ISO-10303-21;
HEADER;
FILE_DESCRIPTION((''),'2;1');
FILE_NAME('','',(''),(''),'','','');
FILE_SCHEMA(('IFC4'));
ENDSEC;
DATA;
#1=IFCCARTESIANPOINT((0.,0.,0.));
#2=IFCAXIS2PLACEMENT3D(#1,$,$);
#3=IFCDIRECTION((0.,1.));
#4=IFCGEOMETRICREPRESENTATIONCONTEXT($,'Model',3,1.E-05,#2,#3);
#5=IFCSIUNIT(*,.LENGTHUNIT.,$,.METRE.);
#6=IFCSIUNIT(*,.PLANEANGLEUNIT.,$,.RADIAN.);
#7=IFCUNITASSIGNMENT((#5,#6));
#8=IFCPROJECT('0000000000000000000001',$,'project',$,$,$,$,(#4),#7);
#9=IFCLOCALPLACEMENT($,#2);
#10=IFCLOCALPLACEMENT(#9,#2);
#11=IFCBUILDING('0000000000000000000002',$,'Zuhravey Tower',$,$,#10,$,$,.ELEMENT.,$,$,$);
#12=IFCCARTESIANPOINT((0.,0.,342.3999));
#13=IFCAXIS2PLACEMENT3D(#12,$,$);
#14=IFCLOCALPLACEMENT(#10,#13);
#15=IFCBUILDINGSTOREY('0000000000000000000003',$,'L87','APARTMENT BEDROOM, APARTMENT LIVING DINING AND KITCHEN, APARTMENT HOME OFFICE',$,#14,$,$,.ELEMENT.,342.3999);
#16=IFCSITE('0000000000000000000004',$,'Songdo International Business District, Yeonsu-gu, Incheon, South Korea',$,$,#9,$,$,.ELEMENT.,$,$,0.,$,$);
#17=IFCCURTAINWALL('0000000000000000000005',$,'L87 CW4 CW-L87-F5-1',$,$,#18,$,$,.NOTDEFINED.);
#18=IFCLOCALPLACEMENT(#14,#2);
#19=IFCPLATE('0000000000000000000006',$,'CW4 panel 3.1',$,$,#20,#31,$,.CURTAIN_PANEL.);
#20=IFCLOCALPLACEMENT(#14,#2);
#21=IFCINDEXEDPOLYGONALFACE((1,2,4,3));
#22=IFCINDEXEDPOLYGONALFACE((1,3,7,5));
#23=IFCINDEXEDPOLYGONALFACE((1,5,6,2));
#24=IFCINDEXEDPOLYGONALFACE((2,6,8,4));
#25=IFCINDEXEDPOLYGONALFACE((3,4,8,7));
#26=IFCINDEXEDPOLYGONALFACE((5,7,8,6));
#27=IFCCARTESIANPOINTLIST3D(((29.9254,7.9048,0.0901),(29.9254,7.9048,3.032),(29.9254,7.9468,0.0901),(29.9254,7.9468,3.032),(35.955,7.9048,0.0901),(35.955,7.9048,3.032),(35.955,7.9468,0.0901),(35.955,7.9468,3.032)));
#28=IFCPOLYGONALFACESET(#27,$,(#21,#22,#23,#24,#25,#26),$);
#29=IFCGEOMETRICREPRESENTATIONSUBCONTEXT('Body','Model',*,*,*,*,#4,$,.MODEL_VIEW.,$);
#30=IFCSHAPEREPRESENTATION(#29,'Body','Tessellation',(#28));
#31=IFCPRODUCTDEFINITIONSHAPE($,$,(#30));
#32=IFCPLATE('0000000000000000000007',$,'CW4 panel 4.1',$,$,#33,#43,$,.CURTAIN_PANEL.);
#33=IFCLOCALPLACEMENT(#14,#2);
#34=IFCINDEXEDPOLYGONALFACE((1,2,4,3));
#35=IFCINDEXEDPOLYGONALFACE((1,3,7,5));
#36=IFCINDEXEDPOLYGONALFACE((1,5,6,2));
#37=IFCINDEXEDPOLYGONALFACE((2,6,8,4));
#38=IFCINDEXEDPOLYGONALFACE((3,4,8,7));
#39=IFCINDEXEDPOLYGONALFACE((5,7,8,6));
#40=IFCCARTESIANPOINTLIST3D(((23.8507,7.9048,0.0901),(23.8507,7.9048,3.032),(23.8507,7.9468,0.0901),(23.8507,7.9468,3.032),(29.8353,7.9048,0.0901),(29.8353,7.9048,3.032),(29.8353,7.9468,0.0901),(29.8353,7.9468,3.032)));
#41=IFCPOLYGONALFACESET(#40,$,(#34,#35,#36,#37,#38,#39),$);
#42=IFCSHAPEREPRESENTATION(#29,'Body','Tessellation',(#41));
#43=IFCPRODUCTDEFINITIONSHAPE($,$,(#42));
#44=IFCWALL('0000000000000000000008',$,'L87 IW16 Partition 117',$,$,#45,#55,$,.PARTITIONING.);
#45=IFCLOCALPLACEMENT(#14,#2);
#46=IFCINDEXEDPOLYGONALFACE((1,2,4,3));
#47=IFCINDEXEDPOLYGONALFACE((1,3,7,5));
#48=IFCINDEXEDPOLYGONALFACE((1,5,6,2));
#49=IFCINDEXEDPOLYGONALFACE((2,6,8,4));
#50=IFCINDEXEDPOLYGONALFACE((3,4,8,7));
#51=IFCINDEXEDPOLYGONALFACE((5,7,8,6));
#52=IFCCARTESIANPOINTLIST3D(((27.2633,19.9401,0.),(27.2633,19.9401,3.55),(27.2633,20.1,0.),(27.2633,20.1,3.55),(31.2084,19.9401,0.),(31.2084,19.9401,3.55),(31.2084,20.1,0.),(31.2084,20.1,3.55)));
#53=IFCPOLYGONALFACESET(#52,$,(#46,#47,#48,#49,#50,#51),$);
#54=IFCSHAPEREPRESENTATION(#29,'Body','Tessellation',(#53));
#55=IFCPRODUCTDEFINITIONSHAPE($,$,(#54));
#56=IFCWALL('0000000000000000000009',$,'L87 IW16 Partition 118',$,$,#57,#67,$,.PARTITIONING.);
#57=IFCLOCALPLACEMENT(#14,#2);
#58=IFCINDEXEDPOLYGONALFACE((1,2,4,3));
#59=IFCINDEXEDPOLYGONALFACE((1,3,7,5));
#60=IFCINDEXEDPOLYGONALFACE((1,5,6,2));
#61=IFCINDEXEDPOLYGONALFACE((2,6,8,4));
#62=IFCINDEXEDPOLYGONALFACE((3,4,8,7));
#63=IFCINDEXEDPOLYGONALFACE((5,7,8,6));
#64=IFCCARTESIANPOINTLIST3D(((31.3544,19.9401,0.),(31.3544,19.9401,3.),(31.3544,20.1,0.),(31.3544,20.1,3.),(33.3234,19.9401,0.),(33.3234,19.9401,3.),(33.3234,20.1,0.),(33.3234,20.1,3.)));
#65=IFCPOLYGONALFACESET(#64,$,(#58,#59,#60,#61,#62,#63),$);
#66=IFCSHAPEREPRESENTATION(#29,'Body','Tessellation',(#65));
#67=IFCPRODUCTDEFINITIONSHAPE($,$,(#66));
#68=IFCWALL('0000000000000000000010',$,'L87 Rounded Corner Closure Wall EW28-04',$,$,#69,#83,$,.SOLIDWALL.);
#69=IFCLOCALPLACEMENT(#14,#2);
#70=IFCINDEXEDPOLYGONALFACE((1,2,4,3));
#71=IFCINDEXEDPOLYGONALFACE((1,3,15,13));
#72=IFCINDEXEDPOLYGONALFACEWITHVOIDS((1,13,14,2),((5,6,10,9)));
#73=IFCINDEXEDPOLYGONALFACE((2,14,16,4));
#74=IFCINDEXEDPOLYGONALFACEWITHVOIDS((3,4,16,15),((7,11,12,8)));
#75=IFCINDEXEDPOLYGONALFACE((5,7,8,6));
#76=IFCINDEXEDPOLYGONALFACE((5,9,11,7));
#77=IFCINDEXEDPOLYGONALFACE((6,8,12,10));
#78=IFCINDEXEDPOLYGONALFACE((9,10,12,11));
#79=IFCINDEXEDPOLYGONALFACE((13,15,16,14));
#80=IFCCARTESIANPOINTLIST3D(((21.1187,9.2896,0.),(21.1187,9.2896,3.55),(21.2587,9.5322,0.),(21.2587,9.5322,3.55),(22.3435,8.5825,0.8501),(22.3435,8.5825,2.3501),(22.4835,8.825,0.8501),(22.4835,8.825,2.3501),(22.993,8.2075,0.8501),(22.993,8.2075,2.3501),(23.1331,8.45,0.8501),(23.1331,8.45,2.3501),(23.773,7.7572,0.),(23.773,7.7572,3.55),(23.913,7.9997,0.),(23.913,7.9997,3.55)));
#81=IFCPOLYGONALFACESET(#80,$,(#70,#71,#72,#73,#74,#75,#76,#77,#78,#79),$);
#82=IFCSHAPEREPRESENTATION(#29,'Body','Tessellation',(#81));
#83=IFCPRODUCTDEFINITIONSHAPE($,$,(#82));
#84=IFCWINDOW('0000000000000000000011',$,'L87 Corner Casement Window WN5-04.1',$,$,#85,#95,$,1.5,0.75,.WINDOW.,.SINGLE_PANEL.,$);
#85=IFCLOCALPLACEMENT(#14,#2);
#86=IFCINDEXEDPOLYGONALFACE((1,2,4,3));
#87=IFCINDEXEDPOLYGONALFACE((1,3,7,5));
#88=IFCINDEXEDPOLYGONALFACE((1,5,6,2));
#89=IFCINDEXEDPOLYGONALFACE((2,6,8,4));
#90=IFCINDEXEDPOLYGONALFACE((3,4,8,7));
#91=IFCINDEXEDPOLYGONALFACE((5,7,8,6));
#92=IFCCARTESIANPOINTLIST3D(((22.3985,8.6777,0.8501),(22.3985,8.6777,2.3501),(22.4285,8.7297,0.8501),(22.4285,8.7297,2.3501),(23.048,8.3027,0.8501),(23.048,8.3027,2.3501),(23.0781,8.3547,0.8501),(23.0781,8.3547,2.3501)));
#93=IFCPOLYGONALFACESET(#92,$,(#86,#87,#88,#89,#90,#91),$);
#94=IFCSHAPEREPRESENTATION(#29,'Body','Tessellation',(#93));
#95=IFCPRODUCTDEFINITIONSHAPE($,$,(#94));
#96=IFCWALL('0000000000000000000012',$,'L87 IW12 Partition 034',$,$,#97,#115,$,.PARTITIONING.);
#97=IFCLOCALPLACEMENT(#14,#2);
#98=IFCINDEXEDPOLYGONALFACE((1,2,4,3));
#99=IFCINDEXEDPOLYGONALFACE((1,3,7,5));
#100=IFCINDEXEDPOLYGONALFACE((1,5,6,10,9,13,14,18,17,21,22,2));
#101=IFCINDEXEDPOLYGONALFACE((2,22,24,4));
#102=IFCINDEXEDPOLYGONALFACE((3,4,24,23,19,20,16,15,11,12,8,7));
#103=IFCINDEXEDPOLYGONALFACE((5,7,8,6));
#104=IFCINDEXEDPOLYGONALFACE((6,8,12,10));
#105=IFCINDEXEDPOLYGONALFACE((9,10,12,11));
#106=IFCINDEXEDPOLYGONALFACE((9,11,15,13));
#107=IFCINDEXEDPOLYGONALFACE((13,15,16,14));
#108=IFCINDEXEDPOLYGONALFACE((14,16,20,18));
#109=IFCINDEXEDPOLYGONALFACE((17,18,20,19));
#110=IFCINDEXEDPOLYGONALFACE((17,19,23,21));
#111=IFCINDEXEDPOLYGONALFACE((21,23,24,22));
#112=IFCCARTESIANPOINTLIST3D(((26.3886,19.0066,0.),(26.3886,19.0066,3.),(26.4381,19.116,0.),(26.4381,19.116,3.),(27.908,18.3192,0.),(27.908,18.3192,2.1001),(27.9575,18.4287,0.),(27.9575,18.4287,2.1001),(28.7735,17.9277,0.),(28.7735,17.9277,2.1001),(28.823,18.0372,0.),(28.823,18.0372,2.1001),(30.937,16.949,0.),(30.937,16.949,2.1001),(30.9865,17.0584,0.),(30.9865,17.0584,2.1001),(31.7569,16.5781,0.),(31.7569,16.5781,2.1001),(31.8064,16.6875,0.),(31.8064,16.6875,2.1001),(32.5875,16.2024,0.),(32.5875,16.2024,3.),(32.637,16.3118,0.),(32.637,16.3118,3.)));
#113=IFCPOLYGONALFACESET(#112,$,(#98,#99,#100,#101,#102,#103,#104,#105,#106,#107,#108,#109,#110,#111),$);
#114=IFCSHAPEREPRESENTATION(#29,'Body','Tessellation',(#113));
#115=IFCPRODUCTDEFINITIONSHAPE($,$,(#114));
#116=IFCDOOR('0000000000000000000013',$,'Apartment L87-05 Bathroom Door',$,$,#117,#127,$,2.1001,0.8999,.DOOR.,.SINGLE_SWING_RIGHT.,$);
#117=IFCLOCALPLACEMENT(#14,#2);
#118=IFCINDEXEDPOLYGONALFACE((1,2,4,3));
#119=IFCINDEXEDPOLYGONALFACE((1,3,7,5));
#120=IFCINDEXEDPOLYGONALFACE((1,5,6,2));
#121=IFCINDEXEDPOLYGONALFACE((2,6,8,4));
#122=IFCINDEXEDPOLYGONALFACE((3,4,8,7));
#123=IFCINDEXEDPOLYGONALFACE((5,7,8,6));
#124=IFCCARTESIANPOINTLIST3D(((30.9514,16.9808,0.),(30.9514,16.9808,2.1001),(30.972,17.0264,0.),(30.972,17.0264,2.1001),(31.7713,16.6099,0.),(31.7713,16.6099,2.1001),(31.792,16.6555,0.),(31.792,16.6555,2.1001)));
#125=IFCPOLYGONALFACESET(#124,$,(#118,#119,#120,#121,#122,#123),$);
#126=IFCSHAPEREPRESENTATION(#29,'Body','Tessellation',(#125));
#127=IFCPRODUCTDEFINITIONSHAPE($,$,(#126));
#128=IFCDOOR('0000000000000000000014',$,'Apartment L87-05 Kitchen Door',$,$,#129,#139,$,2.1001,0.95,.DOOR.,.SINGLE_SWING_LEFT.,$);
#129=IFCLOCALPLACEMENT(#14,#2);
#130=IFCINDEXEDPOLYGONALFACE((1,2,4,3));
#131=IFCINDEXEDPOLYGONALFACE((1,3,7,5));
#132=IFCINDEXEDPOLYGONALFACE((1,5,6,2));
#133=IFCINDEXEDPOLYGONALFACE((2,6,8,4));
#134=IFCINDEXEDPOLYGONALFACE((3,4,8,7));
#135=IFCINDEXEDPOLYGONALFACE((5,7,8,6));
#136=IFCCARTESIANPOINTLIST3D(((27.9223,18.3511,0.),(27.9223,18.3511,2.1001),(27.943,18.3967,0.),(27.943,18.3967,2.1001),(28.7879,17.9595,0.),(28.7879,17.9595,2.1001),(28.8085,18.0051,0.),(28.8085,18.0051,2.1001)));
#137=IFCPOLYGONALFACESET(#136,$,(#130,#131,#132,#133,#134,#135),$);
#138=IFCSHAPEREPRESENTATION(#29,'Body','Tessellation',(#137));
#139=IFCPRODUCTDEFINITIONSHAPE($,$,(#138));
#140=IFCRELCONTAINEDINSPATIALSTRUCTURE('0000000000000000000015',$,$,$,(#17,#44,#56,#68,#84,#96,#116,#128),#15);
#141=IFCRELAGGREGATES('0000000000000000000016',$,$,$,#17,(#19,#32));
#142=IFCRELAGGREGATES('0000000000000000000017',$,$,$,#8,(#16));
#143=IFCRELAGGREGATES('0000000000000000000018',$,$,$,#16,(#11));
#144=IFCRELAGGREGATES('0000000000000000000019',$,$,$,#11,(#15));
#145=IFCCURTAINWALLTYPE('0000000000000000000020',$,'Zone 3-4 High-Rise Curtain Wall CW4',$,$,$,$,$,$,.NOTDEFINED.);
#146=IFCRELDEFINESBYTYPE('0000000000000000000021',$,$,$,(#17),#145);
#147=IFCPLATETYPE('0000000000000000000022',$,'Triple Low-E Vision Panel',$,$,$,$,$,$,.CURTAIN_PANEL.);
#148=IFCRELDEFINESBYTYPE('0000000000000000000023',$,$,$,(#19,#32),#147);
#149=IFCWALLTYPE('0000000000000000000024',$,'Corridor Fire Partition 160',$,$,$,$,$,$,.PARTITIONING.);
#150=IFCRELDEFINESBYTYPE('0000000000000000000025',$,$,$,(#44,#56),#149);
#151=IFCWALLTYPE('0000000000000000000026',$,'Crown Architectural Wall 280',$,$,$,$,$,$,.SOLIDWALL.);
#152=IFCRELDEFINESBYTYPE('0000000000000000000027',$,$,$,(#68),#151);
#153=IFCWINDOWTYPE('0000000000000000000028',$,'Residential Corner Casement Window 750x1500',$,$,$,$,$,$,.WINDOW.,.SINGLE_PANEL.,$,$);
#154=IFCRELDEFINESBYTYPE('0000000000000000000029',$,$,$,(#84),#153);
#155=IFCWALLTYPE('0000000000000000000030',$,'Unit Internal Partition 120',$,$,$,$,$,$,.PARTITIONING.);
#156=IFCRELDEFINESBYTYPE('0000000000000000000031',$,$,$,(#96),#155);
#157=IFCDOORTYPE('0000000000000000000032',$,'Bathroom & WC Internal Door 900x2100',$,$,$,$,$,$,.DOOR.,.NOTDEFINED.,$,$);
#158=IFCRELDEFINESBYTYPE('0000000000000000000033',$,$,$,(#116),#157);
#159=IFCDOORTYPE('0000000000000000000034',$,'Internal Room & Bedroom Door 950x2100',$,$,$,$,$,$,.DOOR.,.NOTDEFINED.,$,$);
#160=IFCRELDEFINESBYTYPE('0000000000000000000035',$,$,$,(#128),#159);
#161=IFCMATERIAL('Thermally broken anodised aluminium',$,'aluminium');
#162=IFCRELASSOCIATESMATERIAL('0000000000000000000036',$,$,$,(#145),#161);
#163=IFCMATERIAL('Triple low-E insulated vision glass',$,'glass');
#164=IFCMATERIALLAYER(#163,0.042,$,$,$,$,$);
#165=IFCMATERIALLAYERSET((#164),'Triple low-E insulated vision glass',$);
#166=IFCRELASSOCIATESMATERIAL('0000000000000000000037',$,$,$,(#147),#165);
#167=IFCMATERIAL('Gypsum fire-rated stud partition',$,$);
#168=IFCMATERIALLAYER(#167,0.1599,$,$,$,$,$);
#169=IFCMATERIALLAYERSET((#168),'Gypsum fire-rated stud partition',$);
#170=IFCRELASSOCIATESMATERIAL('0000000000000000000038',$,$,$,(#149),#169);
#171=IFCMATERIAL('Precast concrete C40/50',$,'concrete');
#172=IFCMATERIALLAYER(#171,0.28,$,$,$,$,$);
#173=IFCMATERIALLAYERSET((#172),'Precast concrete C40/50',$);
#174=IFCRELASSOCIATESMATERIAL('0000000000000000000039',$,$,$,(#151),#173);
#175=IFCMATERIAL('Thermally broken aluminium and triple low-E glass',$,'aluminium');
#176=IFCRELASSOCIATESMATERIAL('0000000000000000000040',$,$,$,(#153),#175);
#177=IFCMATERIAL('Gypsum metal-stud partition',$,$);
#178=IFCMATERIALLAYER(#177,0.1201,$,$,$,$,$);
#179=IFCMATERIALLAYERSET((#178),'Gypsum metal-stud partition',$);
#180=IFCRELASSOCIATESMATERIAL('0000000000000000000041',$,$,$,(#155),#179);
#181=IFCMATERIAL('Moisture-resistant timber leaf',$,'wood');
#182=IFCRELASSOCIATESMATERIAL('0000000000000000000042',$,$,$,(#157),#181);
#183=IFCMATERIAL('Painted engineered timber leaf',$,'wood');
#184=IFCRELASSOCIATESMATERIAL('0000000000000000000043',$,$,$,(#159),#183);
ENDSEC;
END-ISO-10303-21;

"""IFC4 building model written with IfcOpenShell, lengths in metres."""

from ifc_helpers import new_model, si_unit, direction, frame, frame_2d, origin, origin_2d, place, context, subcontext, project, spatial, rectangle, extrude, material, layer, layer_set, type_object, element, fill, aggregate, save


model = new_model("IFC4")

# Units and contexts
model_context = context("Model", 3, precision=1e-05, world=origin(), true_north=direction((0.0, 1.0)))
body_context = subcontext(model_context, "Body", "Model", "MODEL_VIEW")
ifc_project = project(units=[si_unit("LENGTHUNIT", "METRE"), si_unit("PLANEANGLEUNIT", "RADIAN")], contexts=[model_context])

# Site, building, storey
site_placement = place(None, origin())
site = spatial("IfcSite", under=ifc_project, at=site_placement, Name="Songdo International Business District, Yeonsu-gu, Incheon, South Korea", CompositionType="ELEMENT", RefElevation=0.0)
building_placement = place(site_placement, origin())
building = spatial("IfcBuilding", under=site, at=building_placement, Name="Zuhravey Tower", CompositionType="ELEMENT")
storey_placement = place(building_placement, frame((0.0, 0.0, 342.3999)))
storey = spatial("IfcBuildingStorey", under=building, at=storey_placement, Name="L87", Description="APARTMENT BEDROOM, APARTMENT LIVING DINING AND KITCHEN, APARTMENT HOME OFFICE", CompositionType="ELEMENT", Elevation=342.3999)

# Curtain wall
ifc_material_1 = material(Name="Thermally broken anodised aluminium", Category="aluminium")
curtain_wall_type = type_object("IfcCurtainWallType", Name="Zone 3-4 High-Rise Curtain Wall CW4", PredefinedType="NOTDEFINED", material=ifc_material_1)
curtain_wall_1_placement = place(storey_placement, origin())
curtain_wall_1 = element("IfcCurtainWall", 1, at=curtain_wall_1_placement, inside=storey, type_object=curtain_wall_type, Name="L87 CW4 CW-L87-F5-1", PredefinedType="NOTDEFINED")

# Plates
ifc_material_2 = material(Name="Triple low-E insulated vision glass", Category="glass")
ifc_layer_1 = layer(ifc_material_2, 0.042)
ifc_layer_set_1 = layer_set([ifc_layer_1], Name="Triple low-E insulated vision glass")
plate_type = type_object("IfcPlateType", Name="Triple Low-E Vision Panel", PredefinedType="CURTAIN_PANEL", material=ifc_layer_set_1)
plate_1_placement = place(storey_placement, frame((32.9402, 7.9258, 0.0901), z_axis=(0.0, 0.0, 1.0), x_axis=(-1.0, 0.0, 0.0)))
plate_1 = element("IfcPlate", 2, at=plate_1_placement, type_object=plate_type, Name="CW4 panel 3.1", PredefinedType="CURTAIN_PANEL", context=body_context, shape_type="SweptSolid", body=[
    extrude(rectangle(XDim=6.0295, YDim=0.042, at=origin_2d()), origin(), (0.0, 0.0, 1.0), 2.9419),
])
plate_2_placement = place(storey_placement, frame((26.843, 7.9258, 0.0901), z_axis=(0.0, 0.0, 1.0), x_axis=(-1.0, 0.0, 0.0)))
plate_2 = element("IfcPlate", 3, at=plate_2_placement, type_object=plate_type, Name="CW4 panel 4.1", PredefinedType="CURTAIN_PANEL", context=body_context, shape_type="SweptSolid", body=[
    extrude(rectangle(XDim=5.9846, YDim=0.042, at=origin_2d()), origin(), (0.0, 0.0, 1.0), 2.9419),
])
aggregate(curtain_wall_1, [plate_1, plate_2])

# Shared definitions
ifc_material_3 = material(Name="Gypsum fire-rated stud partition")
ifc_layer_2 = layer(ifc_material_3, 0.1599)
ifc_layer_set_2 = layer_set([ifc_layer_2], Name="Gypsum fire-rated stud partition")
wall_type_1 = type_object("IfcWallType", Name="Corridor Fire Partition 160", PredefinedType="PARTITIONING", material=ifc_layer_set_2)

# Walls
wall_1_placement = place(storey_placement, frame((27.2632, 20.02, 0.0), z_axis=(0.0, 0.0, 1.0), x_axis=(1.0, 0.0, 0.0)))
element("IfcWall", 4, at=wall_1_placement, inside=storey, type_object=wall_type_1, Name="L87 IW16 Partition 117", PredefinedType="PARTITIONING", context=body_context, shape_type="SweptSolid", body=[
    extrude(rectangle(XDim=3.9451, YDim=0.1599, at=frame_2d((1.9727, 0.0))), origin(), (0.0, 0.0, 1.0), 3.55),
])
wall_2_placement = place(storey_placement, frame((31.3545, 20.02, 0.0), z_axis=(0.0, 0.0, 1.0), x_axis=(1.0, 0.0, 0.0)))
element("IfcWall", 5, at=wall_2_placement, inside=storey, type_object=wall_type_1, Name="L87 IW16 Partition 118", PredefinedType="PARTITIONING", context=body_context, shape_type="SweptSolid", body=[
    extrude(rectangle(XDim=1.969, YDim=0.1599, at=frame_2d((0.9844, 0.0))), origin(), (0.0, 0.0, 1.0), 3.0),
])

# Wall, opening, window
ifc_material_4 = material(Name="Precast concrete C40/50", Category="concrete")
ifc_layer_3 = layer(ifc_material_4, 0.28)
ifc_layer_set_3 = layer_set([ifc_layer_3], Name="Precast concrete C40/50")
wall_type_2 = type_object("IfcWallType", Name="Crown Architectural Wall 280", PredefinedType="SOLIDWALL", material=ifc_layer_set_3)
wall_3_placement = place(storey_placement, frame((23.843, 7.8784, 0.0), z_axis=(0.0, 0.0, 1.0), x_axis=(-0.866024, 0.500003, 0.0)))
wall_3 = element("IfcWall", 6, at=wall_3_placement, inside=storey, type_object=wall_type_2, Name="L87 Rounded Corner Closure Wall EW28-04", PredefinedType="SOLIDWALL", context=body_context, shape_type="SweptSolid", body=[
    extrude(rectangle(XDim=3.0649, YDim=0.28, at=frame_2d((1.5325, 0.0))), origin(), (0.0, 0.0, 1.0), 3.55),
])
opening_1_placement = place(wall_3_placement, frame((0.9006, 0.0, 0.8501)))
opening_1 = element("IfcOpeningElement", 7, at=opening_1_placement, cuts=wall_3, PredefinedType="OPENING", context=body_context, shape_type="SweptSolid", body=[
    extrude(rectangle(XDim=0.75, YDim=1.5, at=frame_2d((0.375, 0.75))), frame((0.0, 0.1521, 0.0), z_axis=(0.0, -1.0, 0.0), x_axis=(1.0, 0.0, 0.0)), (0.0, 0.0, 1.0), 0.304),
])
ifc_material_5 = material(Name="Thermally broken aluminium and triple low-E glass", Category="aluminium")
window_type = type_object("IfcWindowType", Name="Residential Corner Casement Window 750x1500", PartitioningType="SINGLE_PANEL", PredefinedType="WINDOW", material=ifc_material_5)
window_placement = place(opening_1_placement, origin())
window = element("IfcWindow", 8, at=window_placement, inside=storey, type_object=window_type, Name="L87 Corner Casement Window WN5-04.1", OverallHeight=1.5, OverallWidth=0.75, PartitioningType="SINGLE_PANEL", PredefinedType="WINDOW", context=body_context, shape_type="SweptSolid", body=[
    extrude(rectangle(XDim=0.75, YDim=1.5, at=frame_2d((0.375, 0.75))), frame((0.0, 0.03, 0.0), z_axis=(0.0, -1.0, 0.0), x_axis=(1.0, 0.0, 0.0)), (0.0, 0.0, 1.0), 0.0601),
])
fill(opening_1, window)

# Wall, openings, doors
ifc_material_6 = material(Name="Gypsum metal-stud partition")
ifc_layer_4 = layer(ifc_material_6, 0.1201)
ifc_layer_set_4 = layer_set([ifc_layer_4], Name="Gypsum metal-stud partition")
wall_type_3 = type_object("IfcWallType", Name="Unit Internal Partition 120", PredefinedType="PARTITIONING", material=ifc_layer_set_4)
wall_4_placement = place(storey_placement, frame((26.4133, 19.0613, 0.0), z_axis=(0.0, 0.0, 1.0), x_axis=(0.911113, -0.412156, 0.0)))
wall_4 = element("IfcWall", 9, at=wall_4_placement, inside=storey, type_object=wall_type_3, Name="L87 IW12 Partition 034", PredefinedType="PARTITIONING", context=body_context, shape_type="SweptSolid", body=[
    extrude(rectangle(XDim=6.8037, YDim=0.1201, at=frame_2d((3.4019, 0.0))), origin(), (0.0, 0.0, 1.0), 3.0),
])
opening_2_placement = place(wall_4_placement, frame((1.6675, 0.0, 0.0)))
opening_2 = element("IfcOpeningElement", 10, at=opening_2_placement, cuts=wall_4, PredefinedType="OPENING", context=body_context, shape_type="SweptSolid", body=[
    extrude(rectangle(XDim=0.95, YDim=2.1001, at=frame_2d((0.4751, 1.05))), frame((0.0, 0.072, 0.0), z_axis=(0.0, -1.0, 0.0), x_axis=(1.0, 0.0, 0.0)), (0.0, 0.0, 1.0), 0.144),
])
opening_3_placement = place(wall_4_placement, frame((4.9922, 0.0, 0.0)))
opening_3 = element("IfcOpeningElement", 11, at=opening_3_placement, cuts=wall_4, PredefinedType="OPENING", context=body_context, shape_type="SweptSolid", body=[
    extrude(rectangle(XDim=0.8999, YDim=2.1001, at=frame_2d((0.45, 1.05))), frame((0.0, 0.072, 0.0), z_axis=(0.0, -1.0, 0.0), x_axis=(1.0, 0.0, 0.0)), (0.0, 0.0, 1.0), 0.144),
])
ifc_material_7 = material(Name="Moisture-resistant timber leaf", Category="wood")
door_type_1 = type_object("IfcDoorType", Name="Bathroom & WC Internal Door 900x2100", OperationType="NOTDEFINED", PredefinedType="DOOR", material=ifc_material_7)
door_1_placement = place(opening_3_placement, origin())
door_1 = element("IfcDoor", 12, at=door_1_placement, inside=storey, type_object=door_type_1, Name="Apartment L87-05 Bathroom Door", OperationType="SINGLE_SWING_RIGHT", OverallHeight=2.1001, OverallWidth=0.8999, PredefinedType="DOOR", context=body_context, shape_type="SweptSolid", body=[
    extrude(rectangle(XDim=0.8999, YDim=2.1001, at=frame_2d((0.45, 1.05))), frame((0.0, 0.0249, 0.0), z_axis=(0.0, -1.0, 0.0), x_axis=(1.0, 0.0, 0.0)), (0.0, 0.0, 1.0), 0.05),
])
fill(opening_3, door_1)
ifc_material_8 = material(Name="Painted engineered timber leaf", Category="wood")
door_type_2 = type_object("IfcDoorType", Name="Internal Room & Bedroom Door 950x2100", OperationType="NOTDEFINED", PredefinedType="DOOR", material=ifc_material_8)
door_2_placement = place(opening_2_placement, origin())
door_2 = element("IfcDoor", 13, at=door_2_placement, inside=storey, type_object=door_type_2, Name="Apartment L87-05 Kitchen Door", OperationType="SINGLE_SWING_LEFT", OverallHeight=2.1001, OverallWidth=0.95, PredefinedType="DOOR", context=body_context, shape_type="SweptSolid", body=[
    extrude(rectangle(XDim=0.95, YDim=2.1001, at=frame_2d((0.4751, 1.05))), frame((0.0, 0.0249, 0.0), z_axis=(0.0, -1.0, 0.0), x_axis=(1.0, 0.0, 0.0)), (0.0, 0.0, 1.0), 0.05),
])
fill(opening_2, door_2)

save(model, "model.ifc")
